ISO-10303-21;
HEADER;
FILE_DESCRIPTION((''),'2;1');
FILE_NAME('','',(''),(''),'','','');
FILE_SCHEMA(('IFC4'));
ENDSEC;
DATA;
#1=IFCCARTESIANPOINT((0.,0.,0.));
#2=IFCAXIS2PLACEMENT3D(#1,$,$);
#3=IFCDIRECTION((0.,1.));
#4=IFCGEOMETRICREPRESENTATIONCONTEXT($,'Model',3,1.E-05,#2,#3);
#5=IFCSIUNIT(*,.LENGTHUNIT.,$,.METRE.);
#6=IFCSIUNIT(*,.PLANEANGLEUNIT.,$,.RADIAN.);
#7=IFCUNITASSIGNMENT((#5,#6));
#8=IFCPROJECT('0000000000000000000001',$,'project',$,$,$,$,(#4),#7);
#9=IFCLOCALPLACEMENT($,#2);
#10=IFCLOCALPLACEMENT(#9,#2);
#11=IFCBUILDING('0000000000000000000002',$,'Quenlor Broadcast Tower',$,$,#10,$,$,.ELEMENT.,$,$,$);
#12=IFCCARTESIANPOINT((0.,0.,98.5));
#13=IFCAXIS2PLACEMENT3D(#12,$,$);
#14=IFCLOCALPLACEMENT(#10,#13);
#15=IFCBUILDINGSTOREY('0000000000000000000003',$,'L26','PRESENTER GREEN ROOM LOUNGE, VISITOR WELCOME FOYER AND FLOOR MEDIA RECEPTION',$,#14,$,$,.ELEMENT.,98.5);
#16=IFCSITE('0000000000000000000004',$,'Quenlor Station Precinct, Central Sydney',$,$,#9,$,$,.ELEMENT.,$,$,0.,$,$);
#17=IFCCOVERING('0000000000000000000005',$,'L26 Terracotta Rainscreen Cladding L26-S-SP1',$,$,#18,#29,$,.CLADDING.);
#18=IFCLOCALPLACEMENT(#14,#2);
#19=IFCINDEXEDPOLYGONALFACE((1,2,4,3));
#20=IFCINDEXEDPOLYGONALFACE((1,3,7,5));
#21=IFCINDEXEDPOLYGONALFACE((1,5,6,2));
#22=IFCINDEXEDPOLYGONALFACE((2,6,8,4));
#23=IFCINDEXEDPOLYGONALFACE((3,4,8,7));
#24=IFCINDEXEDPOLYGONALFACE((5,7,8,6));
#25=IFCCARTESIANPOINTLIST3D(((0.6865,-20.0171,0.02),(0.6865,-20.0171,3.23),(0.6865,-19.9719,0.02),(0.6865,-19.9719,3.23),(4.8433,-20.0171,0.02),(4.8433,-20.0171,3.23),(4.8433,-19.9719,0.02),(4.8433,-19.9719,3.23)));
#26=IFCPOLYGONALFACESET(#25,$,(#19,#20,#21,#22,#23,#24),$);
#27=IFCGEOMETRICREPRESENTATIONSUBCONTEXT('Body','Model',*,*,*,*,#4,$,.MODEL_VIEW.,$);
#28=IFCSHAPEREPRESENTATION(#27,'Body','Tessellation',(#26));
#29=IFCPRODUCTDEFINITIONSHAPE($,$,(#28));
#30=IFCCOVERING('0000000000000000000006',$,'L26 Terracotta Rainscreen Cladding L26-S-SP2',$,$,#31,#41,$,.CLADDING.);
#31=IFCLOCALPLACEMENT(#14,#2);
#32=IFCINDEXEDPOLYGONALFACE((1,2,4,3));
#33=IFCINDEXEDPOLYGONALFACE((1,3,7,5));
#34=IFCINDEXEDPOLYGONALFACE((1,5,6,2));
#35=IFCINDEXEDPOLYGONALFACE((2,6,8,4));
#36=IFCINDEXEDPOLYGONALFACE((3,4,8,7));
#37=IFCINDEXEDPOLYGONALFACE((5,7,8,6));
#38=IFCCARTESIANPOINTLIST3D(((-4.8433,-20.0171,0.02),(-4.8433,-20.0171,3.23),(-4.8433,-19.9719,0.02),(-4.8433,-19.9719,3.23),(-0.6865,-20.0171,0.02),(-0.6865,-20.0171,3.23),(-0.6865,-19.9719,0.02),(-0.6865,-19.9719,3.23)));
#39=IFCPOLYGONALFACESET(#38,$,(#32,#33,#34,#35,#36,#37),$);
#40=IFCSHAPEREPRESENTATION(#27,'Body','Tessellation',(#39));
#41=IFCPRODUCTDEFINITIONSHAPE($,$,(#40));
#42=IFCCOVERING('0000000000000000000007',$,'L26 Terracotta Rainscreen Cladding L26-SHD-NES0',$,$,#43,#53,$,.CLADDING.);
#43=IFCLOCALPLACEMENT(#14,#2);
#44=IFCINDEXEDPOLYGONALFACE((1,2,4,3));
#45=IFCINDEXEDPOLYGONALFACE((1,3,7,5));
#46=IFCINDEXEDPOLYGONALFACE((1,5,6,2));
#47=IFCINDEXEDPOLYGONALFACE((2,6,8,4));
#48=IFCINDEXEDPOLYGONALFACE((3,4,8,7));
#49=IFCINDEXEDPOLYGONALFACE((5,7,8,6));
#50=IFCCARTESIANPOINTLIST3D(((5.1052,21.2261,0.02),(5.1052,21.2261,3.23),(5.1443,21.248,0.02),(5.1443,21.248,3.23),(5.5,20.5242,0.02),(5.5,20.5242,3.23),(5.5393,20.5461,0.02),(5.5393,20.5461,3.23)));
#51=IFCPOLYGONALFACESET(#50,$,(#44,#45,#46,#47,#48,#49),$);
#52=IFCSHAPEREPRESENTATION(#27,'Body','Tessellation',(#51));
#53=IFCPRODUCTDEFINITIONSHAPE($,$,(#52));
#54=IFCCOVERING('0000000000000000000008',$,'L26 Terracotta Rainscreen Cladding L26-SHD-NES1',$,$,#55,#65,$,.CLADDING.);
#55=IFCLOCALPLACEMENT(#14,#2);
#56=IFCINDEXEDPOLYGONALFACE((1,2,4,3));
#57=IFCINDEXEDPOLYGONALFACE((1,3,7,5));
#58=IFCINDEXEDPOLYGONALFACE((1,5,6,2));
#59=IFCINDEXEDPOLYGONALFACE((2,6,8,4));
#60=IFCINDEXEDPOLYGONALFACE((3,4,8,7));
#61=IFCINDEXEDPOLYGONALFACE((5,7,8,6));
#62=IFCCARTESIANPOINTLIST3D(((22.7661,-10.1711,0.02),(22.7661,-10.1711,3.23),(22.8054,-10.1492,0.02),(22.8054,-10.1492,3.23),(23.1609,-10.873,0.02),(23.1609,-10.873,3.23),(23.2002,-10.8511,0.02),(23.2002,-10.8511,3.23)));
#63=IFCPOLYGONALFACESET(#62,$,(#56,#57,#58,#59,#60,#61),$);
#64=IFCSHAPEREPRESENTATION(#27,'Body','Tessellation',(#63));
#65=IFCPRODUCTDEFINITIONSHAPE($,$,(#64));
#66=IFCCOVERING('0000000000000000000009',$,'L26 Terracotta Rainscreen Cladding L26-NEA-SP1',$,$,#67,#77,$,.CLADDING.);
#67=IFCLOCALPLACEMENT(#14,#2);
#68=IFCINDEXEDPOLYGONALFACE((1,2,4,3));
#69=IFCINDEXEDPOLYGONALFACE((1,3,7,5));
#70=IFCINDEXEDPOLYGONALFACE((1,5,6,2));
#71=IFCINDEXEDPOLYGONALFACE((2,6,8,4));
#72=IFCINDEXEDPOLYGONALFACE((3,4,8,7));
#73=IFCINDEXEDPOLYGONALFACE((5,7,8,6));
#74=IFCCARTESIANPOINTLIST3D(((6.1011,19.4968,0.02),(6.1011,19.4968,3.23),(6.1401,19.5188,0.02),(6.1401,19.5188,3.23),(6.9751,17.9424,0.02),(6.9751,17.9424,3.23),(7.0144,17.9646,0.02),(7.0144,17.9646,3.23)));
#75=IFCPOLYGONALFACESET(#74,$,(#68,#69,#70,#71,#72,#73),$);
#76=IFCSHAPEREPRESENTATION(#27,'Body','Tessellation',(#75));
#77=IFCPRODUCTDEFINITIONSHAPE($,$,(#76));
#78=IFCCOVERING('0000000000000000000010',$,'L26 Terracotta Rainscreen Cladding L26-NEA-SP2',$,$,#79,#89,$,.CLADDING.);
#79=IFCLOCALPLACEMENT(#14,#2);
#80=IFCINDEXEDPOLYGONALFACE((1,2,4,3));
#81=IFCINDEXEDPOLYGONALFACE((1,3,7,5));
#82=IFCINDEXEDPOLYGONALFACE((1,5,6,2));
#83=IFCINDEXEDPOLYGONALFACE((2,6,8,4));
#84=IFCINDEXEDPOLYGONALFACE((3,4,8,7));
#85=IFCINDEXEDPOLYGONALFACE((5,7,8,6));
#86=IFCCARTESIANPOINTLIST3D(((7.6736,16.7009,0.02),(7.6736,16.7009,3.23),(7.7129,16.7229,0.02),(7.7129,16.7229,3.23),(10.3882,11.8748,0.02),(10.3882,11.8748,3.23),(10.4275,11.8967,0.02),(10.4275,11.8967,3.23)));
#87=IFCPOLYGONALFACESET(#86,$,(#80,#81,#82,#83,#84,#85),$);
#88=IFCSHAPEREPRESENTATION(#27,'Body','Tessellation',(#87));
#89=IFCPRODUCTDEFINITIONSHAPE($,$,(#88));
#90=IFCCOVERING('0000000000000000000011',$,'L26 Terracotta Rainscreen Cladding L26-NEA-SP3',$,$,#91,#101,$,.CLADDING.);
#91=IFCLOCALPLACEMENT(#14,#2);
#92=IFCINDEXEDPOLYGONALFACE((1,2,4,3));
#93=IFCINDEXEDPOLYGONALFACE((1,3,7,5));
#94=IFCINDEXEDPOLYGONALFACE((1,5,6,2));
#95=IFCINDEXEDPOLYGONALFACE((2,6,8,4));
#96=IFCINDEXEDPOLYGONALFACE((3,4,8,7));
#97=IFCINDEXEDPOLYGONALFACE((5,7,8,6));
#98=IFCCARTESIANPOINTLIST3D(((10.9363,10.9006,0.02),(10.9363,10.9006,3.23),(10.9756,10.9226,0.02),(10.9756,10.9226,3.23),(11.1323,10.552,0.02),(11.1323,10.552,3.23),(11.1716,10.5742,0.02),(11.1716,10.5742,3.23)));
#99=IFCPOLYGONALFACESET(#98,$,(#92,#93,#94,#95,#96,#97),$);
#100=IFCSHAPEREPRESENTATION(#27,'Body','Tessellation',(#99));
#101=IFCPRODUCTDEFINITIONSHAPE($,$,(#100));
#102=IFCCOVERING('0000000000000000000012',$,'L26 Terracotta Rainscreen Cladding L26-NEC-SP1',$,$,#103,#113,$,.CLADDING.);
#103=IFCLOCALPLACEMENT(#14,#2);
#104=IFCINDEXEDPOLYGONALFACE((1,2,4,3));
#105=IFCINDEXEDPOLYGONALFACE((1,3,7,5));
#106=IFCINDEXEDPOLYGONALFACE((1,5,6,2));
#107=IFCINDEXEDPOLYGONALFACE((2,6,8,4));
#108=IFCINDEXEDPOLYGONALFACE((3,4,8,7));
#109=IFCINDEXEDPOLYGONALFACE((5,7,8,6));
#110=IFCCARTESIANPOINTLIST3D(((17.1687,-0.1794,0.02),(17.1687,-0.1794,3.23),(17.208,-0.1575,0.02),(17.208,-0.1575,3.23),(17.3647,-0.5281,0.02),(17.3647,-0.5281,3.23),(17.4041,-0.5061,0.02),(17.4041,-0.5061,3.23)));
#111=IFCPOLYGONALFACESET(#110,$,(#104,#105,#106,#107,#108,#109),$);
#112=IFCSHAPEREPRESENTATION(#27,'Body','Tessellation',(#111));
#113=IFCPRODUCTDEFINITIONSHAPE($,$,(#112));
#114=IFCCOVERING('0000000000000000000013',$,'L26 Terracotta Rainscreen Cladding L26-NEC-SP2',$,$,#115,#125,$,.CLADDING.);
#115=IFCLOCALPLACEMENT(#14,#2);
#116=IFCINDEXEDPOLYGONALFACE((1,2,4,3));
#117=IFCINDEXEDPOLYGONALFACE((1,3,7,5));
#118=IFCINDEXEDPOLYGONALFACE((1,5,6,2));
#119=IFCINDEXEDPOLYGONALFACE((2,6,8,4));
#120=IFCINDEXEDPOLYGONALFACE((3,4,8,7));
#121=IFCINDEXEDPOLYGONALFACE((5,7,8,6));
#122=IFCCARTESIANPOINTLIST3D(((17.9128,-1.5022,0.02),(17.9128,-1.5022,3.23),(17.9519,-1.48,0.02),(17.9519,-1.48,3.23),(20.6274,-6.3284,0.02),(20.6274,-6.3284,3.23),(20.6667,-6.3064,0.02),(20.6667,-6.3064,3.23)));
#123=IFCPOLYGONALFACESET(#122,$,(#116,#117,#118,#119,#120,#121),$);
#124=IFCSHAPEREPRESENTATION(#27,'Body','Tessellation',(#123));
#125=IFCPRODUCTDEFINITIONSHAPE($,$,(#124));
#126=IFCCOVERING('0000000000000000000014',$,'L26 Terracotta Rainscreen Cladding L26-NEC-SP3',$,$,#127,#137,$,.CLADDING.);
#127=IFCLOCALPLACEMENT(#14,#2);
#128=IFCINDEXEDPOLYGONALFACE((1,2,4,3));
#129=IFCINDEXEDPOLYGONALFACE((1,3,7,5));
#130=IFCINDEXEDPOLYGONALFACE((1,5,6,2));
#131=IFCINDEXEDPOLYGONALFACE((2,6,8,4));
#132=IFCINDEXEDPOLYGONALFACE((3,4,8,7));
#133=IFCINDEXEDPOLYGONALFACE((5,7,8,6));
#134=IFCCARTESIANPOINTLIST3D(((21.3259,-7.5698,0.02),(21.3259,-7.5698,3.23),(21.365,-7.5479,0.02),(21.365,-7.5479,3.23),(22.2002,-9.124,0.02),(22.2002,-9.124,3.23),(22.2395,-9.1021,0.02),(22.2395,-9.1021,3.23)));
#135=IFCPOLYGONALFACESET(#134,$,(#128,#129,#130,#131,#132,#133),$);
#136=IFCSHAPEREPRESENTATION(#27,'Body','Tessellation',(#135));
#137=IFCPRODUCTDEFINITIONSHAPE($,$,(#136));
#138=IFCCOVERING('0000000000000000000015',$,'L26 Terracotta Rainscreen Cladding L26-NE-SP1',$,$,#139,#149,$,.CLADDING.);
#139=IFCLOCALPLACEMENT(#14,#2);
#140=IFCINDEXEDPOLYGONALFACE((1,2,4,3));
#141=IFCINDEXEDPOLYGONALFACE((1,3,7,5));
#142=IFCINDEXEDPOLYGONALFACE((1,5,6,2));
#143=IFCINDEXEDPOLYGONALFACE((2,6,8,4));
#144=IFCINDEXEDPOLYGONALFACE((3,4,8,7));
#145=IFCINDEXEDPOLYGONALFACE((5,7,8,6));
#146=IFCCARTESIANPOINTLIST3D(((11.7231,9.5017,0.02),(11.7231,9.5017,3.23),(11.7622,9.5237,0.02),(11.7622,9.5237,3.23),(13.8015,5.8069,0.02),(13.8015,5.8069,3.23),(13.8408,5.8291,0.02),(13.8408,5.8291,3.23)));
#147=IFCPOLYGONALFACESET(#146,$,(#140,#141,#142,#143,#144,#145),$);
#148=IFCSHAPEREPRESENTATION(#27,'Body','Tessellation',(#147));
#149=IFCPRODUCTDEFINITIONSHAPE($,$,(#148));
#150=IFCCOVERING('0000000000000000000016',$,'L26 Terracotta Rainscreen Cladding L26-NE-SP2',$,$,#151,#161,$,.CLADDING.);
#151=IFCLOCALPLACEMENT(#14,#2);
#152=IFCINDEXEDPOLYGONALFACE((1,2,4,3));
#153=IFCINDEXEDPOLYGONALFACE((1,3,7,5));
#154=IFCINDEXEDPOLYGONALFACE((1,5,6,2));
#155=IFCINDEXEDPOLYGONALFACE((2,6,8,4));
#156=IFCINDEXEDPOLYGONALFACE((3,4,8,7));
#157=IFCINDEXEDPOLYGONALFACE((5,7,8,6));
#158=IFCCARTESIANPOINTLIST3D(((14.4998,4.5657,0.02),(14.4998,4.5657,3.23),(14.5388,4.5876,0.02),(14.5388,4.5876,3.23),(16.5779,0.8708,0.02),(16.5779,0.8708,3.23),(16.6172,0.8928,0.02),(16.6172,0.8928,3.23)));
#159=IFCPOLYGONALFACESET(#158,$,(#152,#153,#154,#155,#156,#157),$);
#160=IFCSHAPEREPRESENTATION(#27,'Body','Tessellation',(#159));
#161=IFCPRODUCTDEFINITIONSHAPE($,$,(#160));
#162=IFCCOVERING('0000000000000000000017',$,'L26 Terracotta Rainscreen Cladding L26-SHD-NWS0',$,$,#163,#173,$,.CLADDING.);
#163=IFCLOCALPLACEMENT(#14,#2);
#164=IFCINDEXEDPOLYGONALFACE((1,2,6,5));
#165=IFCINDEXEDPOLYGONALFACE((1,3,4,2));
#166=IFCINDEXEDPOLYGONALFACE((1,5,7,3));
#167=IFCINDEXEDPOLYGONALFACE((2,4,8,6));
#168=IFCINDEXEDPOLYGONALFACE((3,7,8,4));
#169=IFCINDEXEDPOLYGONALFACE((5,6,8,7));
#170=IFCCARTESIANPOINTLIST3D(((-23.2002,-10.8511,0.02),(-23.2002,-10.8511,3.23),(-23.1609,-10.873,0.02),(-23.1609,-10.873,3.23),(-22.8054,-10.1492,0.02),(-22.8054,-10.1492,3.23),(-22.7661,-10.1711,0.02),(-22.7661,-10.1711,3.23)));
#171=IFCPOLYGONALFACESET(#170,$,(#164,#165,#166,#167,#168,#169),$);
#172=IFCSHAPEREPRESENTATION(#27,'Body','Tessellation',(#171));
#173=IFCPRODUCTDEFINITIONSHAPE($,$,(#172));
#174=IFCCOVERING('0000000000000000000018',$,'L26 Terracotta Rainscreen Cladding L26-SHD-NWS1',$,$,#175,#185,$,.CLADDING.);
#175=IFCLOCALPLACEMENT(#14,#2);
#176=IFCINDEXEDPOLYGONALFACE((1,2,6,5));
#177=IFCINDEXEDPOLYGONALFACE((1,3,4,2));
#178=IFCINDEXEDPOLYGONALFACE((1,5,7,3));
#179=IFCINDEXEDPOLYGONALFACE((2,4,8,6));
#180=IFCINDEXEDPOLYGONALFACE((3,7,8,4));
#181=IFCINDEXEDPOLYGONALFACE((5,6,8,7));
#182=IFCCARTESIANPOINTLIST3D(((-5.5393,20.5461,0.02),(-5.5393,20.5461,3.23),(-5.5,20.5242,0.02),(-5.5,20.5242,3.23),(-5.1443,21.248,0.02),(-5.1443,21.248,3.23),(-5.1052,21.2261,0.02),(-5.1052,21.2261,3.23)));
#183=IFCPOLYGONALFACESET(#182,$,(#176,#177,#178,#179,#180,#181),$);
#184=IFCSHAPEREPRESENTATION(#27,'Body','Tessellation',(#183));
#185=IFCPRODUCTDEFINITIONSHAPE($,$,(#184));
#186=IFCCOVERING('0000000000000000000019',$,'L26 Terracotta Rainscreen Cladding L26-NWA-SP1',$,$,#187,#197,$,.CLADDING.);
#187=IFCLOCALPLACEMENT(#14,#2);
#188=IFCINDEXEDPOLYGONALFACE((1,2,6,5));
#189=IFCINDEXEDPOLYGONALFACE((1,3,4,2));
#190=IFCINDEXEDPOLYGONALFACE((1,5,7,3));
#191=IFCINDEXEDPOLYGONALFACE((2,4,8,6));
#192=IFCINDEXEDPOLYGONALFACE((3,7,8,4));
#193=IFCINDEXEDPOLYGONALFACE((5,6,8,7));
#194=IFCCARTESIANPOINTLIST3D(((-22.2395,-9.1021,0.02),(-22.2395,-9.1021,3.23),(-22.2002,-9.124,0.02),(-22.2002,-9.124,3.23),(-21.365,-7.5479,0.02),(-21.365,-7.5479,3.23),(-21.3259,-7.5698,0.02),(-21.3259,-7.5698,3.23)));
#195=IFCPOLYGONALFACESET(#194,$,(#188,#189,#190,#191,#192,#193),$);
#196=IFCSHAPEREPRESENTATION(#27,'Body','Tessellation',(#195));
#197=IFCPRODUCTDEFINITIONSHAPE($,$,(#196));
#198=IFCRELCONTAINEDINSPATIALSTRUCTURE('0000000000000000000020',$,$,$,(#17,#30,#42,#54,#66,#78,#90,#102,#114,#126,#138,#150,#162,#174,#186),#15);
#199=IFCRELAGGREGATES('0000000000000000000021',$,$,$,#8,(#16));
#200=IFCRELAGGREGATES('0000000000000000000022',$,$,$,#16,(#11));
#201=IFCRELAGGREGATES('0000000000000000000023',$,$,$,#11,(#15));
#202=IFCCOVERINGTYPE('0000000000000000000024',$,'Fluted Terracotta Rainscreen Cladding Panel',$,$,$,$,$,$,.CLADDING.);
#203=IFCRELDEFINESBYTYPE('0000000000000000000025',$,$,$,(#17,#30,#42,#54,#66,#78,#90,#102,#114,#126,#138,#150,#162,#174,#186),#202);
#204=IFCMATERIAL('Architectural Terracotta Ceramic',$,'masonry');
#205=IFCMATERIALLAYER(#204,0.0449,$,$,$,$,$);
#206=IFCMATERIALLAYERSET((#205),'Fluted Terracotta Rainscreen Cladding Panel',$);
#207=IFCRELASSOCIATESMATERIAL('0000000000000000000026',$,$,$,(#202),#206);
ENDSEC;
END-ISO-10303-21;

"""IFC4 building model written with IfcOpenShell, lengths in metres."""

from ifc_helpers import new_model, si_unit, direction, frame, origin, place, context, subcontext, project, spatial, polyline, outline, extrude, material, layer, layer_set, type_object, element, save


model = new_model("IFC4")

# Units and contexts
model_context = context("Model", 3, precision=1e-05, world=origin(), true_north=direction((0.0, 1.0)))
body_context = subcontext(model_context, "Body", "Model", "MODEL_VIEW")
ifc_project = project(units=[si_unit("LENGTHUNIT", "METRE"), si_unit("PLANEANGLEUNIT", "RADIAN")], contexts=[model_context])

# Site, building, storey
site_placement = place(None, origin())
site = spatial("IfcSite", under=ifc_project, at=site_placement, Name="Quenlor Station Precinct, Central Sydney", CompositionType="ELEMENT", RefElevation=0.0)
building_placement = place(site_placement, origin())
building = spatial("IfcBuilding", under=site, at=building_placement, Name="Quenlor Broadcast Tower", CompositionType="ELEMENT")
storey_placement = place(building_placement, frame((0.0, 0.0, 98.5)))
storey = spatial("IfcBuildingStorey", under=building, at=storey_placement, Name="L26", Description="PRESENTER GREEN ROOM LOUNGE, VISITOR WELCOME FOYER AND FLOOR MEDIA RECEPTION", CompositionType="ELEMENT", Elevation=98.5)

# Coverings
ifc_material_1 = material(Name="Architectural Terracotta Ceramic", Category="masonry")
ifc_layer_1 = layer(ifc_material_1, 0.0449)
ifc_layer_set_1 = layer_set([ifc_layer_1], Name="Fluted Terracotta Rainscreen Cladding Panel")
covering_type = type_object("IfcCoveringType", Name="Fluted Terracotta Rainscreen Cladding Panel", PredefinedType="CLADDING", material=ifc_layer_set_1)
covering_1_placement = place(storey_placement, frame((0.0, 0.0, 0.02)))
element("IfcCovering", 1, at=covering_1_placement, inside=storey, type_object=covering_type, Name="L26 Terracotta Rainscreen Cladding L26-S-SP1", PredefinedType="CLADDING", context=body_context, shape_type="SweptSolid", body=[
    extrude(outline(polyline([(4.8433, -19.9719), (0.6865, -19.9719), (0.6865, -20.0171), (4.8433, -20.0171), (4.8433, -19.9719)])), origin(), (0.0, 0.0, 1.0), 3.21),
])
covering_2_placement = place(storey_placement, frame((0.0, 0.0, 0.02)))
element("IfcCovering", 2, at=covering_2_placement, inside=storey, type_object=covering_type, Name="L26 Terracotta Rainscreen Cladding L26-S-SP2", PredefinedType="CLADDING", context=body_context, shape_type="SweptSolid", body=[
    extrude(outline(polyline([(-0.6865, -19.9719), (-4.8433, -19.9719), (-4.8433, -20.0171), (-0.6865, -20.0171), (-0.6865, -19.9719)])), origin(), (0.0, 0.0, 1.0), 3.21),
])
covering_3_placement = place(storey_placement, frame((0.0, 0.0, 0.02)))
element("IfcCovering", 3, at=covering_3_placement, inside=storey, type_object=covering_type, Name="L26 Terracotta Rainscreen Cladding L26-SHD-NES0", PredefinedType="CLADDING", context=body_context, shape_type="SweptSolid", body=[
    extrude(outline(polyline([(5.1052, 21.2261), (5.5, 20.5242), (5.5393, 20.5461), (5.1443, 21.248), (5.1052, 21.2261)])), origin(), (0.0, 0.0, 1.0), 3.21),
])
covering_4_placement = place(storey_placement, frame((0.0, 0.0, 0.02)))
element("IfcCovering", 4, at=covering_4_placement, inside=storey, type_object=covering_type, Name="L26 Terracotta Rainscreen Cladding L26-SHD-NES1", PredefinedType="CLADDING", context=body_context, shape_type="SweptSolid", body=[
    extrude(outline(polyline([(22.7661, -10.1711), (23.1609, -10.873), (23.2002, -10.8511), (22.8054, -10.1492), (22.7661, -10.1711)])), origin(), (0.0, 0.0, 1.0), 3.21),
])
covering_5_placement = place(storey_placement, frame((0.0, 0.0, 0.02)))
element("IfcCovering", 5, at=covering_5_placement, inside=storey, type_object=covering_type, Name="L26 Terracotta Rainscreen Cladding L26-NEA-SP1", PredefinedType="CLADDING", context=body_context, shape_type="SweptSolid", body=[
    extrude(outline(polyline([(6.1011, 19.4968), (6.9751, 17.9424), (7.0144, 17.9646), (6.1401, 19.5188), (6.1011, 19.4968)])), origin(), (0.0, 0.0, 1.0), 3.21),
])
covering_6_placement = place(storey_placement, frame((0.0, 0.0, 0.02)))
element("IfcCovering", 6, at=covering_6_placement, inside=storey, type_object=covering_type, Name="L26 Terracotta Rainscreen Cladding L26-NEA-SP2", PredefinedType="CLADDING", context=body_context, shape_type="SweptSolid", body=[
    extrude(outline(polyline([(7.6736, 16.7009), (10.3882, 11.8748), (10.4275, 11.8967), (7.7129, 16.7229), (7.6736, 16.7009)])), origin(), (0.0, 0.0, 1.0), 3.21),
])
covering_7_placement = place(storey_placement, frame((0.0, 0.0, 0.02)))
element("IfcCovering", 7, at=covering_7_placement, inside=storey, type_object=covering_type, Name="L26 Terracotta Rainscreen Cladding L26-NEA-SP3", PredefinedType="CLADDING", context=body_context, shape_type="SweptSolid", body=[
    extrude(outline(polyline([(10.9363, 10.9006), (11.1323, 10.552), (11.1716, 10.5742), (10.9756, 10.9226), (10.9363, 10.9006)])), origin(), (0.0, 0.0, 1.0), 3.21),
])
covering_8_placement = place(storey_placement, frame((0.0, 0.0, 0.02)))
element("IfcCovering", 8, at=covering_8_placement, inside=storey, type_object=covering_type, Name="L26 Terracotta Rainscreen Cladding L26-NEC-SP1", PredefinedType="CLADDING", context=body_context, shape_type="SweptSolid", body=[
    extrude(outline(polyline([(17.1687, -0.1794), (17.3647, -0.5281), (17.4041, -0.5061), (17.208, -0.1575), (17.1687, -0.1794)])), origin(), (0.0, 0.0, 1.0), 3.21),
])
covering_9_placement = place(storey_placement, frame((0.0, 0.0, 0.02)))
element("IfcCovering", 9, at=covering_9_placement, inside=storey, type_object=covering_type, Name="L26 Terracotta Rainscreen Cladding L26-NEC-SP2", PredefinedType="CLADDING", context=body_context, shape_type="SweptSolid", body=[
    extrude(outline(polyline([(17.9128, -1.5022), (20.6274, -6.3284), (20.6667, -6.3064), (17.9519, -1.48), (17.9128, -1.5022)])), origin(), (0.0, 0.0, 1.0), 3.21),
])
covering_10_placement = place(storey_placement, frame((0.0, 0.0, 0.02)))
element("IfcCovering", 10, at=covering_10_placement, inside=storey, type_object=covering_type, Name="L26 Terracotta Rainscreen Cladding L26-NEC-SP3", PredefinedType="CLADDING", context=body_context, shape_type="SweptSolid", body=[
    extrude(outline(polyline([(21.3259, -7.5698), (22.2002, -9.124), (22.2395, -9.1021), (21.365, -7.5479), (21.3259, -7.5698)])), origin(), (0.0, 0.0, 1.0), 3.21),
])
covering_11_placement = place(storey_placement, frame((0.0, 0.0, 0.02)))
element("IfcCovering", 11, at=covering_11_placement, inside=storey, type_object=covering_type, Name="L26 Terracotta Rainscreen Cladding L26-NE-SP1", PredefinedType="CLADDING", context=body_context, shape_type="SweptSolid", body=[
    extrude(outline(polyline([(11.7231, 9.5017), (13.8015, 5.8069), (13.8408, 5.8291), (11.7622, 9.5237), (11.7231, 9.5017)])), origin(), (0.0, 0.0, 1.0), 3.21),
])
covering_12_placement = place(storey_placement, frame((0.0, 0.0, 0.02)))
element("IfcCovering", 12, at=covering_12_placement, inside=storey, type_object=covering_type, Name="L26 Terracotta Rainscreen Cladding L26-NE-SP2", PredefinedType="CLADDING", context=body_context, shape_type="SweptSolid", body=[
    extrude(outline(polyline([(14.4998, 4.5657), (16.5779, 0.8708), (16.6172, 0.8928), (14.5388, 4.5876), (14.4998, 4.5657)])), origin(), (0.0, 0.0, 1.0), 3.21),
])
covering_13_placement = place(storey_placement, frame((0.0, 0.0, 0.02)))
element("IfcCovering", 13, at=covering_13_placement, inside=storey, type_object=covering_type, Name="L26 Terracotta Rainscreen Cladding L26-SHD-NWS0", PredefinedType="CLADDING", context=body_context, shape_type="SweptSolid", body=[
    extrude(outline(polyline([(-23.1609, -10.873), (-22.7661, -10.1711), (-22.8054, -10.1492), (-23.2002, -10.8511), (-23.1609, -10.873)])), origin(), (0.0, 0.0, 1.0), 3.21),
])
covering_14_placement = place(storey_placement, frame((0.0, 0.0, 0.02)))
element("IfcCovering", 14, at=covering_14_placement, inside=storey, type_object=covering_type, Name="L26 Terracotta Rainscreen Cladding L26-SHD-NWS1", PredefinedType="CLADDING", context=body_context, shape_type="SweptSolid", body=[
    extrude(outline(polyline([(-5.5, 20.5242), (-5.1052, 21.2261), (-5.1443, 21.248), (-5.5393, 20.5461), (-5.5, 20.5242)])), origin(), (0.0, 0.0, 1.0), 3.21),
])
covering_15_placement = place(storey_placement, frame((0.0, 0.0, 0.02)))
element("IfcCovering", 15, at=covering_15_placement, inside=storey, type_object=covering_type, Name="L26 Terracotta Rainscreen Cladding L26-NWA-SP1", PredefinedType="CLADDING", context=body_context, shape_type="SweptSolid", body=[
    extrude(outline(polyline([(-22.2002, -9.124), (-21.3259, -7.5698), (-21.365, -7.5479), (-22.2395, -9.1021), (-22.2002, -9.124)])), origin(), (0.0, 0.0, 1.0), 3.21),
])

save(model, "model.ifc")
